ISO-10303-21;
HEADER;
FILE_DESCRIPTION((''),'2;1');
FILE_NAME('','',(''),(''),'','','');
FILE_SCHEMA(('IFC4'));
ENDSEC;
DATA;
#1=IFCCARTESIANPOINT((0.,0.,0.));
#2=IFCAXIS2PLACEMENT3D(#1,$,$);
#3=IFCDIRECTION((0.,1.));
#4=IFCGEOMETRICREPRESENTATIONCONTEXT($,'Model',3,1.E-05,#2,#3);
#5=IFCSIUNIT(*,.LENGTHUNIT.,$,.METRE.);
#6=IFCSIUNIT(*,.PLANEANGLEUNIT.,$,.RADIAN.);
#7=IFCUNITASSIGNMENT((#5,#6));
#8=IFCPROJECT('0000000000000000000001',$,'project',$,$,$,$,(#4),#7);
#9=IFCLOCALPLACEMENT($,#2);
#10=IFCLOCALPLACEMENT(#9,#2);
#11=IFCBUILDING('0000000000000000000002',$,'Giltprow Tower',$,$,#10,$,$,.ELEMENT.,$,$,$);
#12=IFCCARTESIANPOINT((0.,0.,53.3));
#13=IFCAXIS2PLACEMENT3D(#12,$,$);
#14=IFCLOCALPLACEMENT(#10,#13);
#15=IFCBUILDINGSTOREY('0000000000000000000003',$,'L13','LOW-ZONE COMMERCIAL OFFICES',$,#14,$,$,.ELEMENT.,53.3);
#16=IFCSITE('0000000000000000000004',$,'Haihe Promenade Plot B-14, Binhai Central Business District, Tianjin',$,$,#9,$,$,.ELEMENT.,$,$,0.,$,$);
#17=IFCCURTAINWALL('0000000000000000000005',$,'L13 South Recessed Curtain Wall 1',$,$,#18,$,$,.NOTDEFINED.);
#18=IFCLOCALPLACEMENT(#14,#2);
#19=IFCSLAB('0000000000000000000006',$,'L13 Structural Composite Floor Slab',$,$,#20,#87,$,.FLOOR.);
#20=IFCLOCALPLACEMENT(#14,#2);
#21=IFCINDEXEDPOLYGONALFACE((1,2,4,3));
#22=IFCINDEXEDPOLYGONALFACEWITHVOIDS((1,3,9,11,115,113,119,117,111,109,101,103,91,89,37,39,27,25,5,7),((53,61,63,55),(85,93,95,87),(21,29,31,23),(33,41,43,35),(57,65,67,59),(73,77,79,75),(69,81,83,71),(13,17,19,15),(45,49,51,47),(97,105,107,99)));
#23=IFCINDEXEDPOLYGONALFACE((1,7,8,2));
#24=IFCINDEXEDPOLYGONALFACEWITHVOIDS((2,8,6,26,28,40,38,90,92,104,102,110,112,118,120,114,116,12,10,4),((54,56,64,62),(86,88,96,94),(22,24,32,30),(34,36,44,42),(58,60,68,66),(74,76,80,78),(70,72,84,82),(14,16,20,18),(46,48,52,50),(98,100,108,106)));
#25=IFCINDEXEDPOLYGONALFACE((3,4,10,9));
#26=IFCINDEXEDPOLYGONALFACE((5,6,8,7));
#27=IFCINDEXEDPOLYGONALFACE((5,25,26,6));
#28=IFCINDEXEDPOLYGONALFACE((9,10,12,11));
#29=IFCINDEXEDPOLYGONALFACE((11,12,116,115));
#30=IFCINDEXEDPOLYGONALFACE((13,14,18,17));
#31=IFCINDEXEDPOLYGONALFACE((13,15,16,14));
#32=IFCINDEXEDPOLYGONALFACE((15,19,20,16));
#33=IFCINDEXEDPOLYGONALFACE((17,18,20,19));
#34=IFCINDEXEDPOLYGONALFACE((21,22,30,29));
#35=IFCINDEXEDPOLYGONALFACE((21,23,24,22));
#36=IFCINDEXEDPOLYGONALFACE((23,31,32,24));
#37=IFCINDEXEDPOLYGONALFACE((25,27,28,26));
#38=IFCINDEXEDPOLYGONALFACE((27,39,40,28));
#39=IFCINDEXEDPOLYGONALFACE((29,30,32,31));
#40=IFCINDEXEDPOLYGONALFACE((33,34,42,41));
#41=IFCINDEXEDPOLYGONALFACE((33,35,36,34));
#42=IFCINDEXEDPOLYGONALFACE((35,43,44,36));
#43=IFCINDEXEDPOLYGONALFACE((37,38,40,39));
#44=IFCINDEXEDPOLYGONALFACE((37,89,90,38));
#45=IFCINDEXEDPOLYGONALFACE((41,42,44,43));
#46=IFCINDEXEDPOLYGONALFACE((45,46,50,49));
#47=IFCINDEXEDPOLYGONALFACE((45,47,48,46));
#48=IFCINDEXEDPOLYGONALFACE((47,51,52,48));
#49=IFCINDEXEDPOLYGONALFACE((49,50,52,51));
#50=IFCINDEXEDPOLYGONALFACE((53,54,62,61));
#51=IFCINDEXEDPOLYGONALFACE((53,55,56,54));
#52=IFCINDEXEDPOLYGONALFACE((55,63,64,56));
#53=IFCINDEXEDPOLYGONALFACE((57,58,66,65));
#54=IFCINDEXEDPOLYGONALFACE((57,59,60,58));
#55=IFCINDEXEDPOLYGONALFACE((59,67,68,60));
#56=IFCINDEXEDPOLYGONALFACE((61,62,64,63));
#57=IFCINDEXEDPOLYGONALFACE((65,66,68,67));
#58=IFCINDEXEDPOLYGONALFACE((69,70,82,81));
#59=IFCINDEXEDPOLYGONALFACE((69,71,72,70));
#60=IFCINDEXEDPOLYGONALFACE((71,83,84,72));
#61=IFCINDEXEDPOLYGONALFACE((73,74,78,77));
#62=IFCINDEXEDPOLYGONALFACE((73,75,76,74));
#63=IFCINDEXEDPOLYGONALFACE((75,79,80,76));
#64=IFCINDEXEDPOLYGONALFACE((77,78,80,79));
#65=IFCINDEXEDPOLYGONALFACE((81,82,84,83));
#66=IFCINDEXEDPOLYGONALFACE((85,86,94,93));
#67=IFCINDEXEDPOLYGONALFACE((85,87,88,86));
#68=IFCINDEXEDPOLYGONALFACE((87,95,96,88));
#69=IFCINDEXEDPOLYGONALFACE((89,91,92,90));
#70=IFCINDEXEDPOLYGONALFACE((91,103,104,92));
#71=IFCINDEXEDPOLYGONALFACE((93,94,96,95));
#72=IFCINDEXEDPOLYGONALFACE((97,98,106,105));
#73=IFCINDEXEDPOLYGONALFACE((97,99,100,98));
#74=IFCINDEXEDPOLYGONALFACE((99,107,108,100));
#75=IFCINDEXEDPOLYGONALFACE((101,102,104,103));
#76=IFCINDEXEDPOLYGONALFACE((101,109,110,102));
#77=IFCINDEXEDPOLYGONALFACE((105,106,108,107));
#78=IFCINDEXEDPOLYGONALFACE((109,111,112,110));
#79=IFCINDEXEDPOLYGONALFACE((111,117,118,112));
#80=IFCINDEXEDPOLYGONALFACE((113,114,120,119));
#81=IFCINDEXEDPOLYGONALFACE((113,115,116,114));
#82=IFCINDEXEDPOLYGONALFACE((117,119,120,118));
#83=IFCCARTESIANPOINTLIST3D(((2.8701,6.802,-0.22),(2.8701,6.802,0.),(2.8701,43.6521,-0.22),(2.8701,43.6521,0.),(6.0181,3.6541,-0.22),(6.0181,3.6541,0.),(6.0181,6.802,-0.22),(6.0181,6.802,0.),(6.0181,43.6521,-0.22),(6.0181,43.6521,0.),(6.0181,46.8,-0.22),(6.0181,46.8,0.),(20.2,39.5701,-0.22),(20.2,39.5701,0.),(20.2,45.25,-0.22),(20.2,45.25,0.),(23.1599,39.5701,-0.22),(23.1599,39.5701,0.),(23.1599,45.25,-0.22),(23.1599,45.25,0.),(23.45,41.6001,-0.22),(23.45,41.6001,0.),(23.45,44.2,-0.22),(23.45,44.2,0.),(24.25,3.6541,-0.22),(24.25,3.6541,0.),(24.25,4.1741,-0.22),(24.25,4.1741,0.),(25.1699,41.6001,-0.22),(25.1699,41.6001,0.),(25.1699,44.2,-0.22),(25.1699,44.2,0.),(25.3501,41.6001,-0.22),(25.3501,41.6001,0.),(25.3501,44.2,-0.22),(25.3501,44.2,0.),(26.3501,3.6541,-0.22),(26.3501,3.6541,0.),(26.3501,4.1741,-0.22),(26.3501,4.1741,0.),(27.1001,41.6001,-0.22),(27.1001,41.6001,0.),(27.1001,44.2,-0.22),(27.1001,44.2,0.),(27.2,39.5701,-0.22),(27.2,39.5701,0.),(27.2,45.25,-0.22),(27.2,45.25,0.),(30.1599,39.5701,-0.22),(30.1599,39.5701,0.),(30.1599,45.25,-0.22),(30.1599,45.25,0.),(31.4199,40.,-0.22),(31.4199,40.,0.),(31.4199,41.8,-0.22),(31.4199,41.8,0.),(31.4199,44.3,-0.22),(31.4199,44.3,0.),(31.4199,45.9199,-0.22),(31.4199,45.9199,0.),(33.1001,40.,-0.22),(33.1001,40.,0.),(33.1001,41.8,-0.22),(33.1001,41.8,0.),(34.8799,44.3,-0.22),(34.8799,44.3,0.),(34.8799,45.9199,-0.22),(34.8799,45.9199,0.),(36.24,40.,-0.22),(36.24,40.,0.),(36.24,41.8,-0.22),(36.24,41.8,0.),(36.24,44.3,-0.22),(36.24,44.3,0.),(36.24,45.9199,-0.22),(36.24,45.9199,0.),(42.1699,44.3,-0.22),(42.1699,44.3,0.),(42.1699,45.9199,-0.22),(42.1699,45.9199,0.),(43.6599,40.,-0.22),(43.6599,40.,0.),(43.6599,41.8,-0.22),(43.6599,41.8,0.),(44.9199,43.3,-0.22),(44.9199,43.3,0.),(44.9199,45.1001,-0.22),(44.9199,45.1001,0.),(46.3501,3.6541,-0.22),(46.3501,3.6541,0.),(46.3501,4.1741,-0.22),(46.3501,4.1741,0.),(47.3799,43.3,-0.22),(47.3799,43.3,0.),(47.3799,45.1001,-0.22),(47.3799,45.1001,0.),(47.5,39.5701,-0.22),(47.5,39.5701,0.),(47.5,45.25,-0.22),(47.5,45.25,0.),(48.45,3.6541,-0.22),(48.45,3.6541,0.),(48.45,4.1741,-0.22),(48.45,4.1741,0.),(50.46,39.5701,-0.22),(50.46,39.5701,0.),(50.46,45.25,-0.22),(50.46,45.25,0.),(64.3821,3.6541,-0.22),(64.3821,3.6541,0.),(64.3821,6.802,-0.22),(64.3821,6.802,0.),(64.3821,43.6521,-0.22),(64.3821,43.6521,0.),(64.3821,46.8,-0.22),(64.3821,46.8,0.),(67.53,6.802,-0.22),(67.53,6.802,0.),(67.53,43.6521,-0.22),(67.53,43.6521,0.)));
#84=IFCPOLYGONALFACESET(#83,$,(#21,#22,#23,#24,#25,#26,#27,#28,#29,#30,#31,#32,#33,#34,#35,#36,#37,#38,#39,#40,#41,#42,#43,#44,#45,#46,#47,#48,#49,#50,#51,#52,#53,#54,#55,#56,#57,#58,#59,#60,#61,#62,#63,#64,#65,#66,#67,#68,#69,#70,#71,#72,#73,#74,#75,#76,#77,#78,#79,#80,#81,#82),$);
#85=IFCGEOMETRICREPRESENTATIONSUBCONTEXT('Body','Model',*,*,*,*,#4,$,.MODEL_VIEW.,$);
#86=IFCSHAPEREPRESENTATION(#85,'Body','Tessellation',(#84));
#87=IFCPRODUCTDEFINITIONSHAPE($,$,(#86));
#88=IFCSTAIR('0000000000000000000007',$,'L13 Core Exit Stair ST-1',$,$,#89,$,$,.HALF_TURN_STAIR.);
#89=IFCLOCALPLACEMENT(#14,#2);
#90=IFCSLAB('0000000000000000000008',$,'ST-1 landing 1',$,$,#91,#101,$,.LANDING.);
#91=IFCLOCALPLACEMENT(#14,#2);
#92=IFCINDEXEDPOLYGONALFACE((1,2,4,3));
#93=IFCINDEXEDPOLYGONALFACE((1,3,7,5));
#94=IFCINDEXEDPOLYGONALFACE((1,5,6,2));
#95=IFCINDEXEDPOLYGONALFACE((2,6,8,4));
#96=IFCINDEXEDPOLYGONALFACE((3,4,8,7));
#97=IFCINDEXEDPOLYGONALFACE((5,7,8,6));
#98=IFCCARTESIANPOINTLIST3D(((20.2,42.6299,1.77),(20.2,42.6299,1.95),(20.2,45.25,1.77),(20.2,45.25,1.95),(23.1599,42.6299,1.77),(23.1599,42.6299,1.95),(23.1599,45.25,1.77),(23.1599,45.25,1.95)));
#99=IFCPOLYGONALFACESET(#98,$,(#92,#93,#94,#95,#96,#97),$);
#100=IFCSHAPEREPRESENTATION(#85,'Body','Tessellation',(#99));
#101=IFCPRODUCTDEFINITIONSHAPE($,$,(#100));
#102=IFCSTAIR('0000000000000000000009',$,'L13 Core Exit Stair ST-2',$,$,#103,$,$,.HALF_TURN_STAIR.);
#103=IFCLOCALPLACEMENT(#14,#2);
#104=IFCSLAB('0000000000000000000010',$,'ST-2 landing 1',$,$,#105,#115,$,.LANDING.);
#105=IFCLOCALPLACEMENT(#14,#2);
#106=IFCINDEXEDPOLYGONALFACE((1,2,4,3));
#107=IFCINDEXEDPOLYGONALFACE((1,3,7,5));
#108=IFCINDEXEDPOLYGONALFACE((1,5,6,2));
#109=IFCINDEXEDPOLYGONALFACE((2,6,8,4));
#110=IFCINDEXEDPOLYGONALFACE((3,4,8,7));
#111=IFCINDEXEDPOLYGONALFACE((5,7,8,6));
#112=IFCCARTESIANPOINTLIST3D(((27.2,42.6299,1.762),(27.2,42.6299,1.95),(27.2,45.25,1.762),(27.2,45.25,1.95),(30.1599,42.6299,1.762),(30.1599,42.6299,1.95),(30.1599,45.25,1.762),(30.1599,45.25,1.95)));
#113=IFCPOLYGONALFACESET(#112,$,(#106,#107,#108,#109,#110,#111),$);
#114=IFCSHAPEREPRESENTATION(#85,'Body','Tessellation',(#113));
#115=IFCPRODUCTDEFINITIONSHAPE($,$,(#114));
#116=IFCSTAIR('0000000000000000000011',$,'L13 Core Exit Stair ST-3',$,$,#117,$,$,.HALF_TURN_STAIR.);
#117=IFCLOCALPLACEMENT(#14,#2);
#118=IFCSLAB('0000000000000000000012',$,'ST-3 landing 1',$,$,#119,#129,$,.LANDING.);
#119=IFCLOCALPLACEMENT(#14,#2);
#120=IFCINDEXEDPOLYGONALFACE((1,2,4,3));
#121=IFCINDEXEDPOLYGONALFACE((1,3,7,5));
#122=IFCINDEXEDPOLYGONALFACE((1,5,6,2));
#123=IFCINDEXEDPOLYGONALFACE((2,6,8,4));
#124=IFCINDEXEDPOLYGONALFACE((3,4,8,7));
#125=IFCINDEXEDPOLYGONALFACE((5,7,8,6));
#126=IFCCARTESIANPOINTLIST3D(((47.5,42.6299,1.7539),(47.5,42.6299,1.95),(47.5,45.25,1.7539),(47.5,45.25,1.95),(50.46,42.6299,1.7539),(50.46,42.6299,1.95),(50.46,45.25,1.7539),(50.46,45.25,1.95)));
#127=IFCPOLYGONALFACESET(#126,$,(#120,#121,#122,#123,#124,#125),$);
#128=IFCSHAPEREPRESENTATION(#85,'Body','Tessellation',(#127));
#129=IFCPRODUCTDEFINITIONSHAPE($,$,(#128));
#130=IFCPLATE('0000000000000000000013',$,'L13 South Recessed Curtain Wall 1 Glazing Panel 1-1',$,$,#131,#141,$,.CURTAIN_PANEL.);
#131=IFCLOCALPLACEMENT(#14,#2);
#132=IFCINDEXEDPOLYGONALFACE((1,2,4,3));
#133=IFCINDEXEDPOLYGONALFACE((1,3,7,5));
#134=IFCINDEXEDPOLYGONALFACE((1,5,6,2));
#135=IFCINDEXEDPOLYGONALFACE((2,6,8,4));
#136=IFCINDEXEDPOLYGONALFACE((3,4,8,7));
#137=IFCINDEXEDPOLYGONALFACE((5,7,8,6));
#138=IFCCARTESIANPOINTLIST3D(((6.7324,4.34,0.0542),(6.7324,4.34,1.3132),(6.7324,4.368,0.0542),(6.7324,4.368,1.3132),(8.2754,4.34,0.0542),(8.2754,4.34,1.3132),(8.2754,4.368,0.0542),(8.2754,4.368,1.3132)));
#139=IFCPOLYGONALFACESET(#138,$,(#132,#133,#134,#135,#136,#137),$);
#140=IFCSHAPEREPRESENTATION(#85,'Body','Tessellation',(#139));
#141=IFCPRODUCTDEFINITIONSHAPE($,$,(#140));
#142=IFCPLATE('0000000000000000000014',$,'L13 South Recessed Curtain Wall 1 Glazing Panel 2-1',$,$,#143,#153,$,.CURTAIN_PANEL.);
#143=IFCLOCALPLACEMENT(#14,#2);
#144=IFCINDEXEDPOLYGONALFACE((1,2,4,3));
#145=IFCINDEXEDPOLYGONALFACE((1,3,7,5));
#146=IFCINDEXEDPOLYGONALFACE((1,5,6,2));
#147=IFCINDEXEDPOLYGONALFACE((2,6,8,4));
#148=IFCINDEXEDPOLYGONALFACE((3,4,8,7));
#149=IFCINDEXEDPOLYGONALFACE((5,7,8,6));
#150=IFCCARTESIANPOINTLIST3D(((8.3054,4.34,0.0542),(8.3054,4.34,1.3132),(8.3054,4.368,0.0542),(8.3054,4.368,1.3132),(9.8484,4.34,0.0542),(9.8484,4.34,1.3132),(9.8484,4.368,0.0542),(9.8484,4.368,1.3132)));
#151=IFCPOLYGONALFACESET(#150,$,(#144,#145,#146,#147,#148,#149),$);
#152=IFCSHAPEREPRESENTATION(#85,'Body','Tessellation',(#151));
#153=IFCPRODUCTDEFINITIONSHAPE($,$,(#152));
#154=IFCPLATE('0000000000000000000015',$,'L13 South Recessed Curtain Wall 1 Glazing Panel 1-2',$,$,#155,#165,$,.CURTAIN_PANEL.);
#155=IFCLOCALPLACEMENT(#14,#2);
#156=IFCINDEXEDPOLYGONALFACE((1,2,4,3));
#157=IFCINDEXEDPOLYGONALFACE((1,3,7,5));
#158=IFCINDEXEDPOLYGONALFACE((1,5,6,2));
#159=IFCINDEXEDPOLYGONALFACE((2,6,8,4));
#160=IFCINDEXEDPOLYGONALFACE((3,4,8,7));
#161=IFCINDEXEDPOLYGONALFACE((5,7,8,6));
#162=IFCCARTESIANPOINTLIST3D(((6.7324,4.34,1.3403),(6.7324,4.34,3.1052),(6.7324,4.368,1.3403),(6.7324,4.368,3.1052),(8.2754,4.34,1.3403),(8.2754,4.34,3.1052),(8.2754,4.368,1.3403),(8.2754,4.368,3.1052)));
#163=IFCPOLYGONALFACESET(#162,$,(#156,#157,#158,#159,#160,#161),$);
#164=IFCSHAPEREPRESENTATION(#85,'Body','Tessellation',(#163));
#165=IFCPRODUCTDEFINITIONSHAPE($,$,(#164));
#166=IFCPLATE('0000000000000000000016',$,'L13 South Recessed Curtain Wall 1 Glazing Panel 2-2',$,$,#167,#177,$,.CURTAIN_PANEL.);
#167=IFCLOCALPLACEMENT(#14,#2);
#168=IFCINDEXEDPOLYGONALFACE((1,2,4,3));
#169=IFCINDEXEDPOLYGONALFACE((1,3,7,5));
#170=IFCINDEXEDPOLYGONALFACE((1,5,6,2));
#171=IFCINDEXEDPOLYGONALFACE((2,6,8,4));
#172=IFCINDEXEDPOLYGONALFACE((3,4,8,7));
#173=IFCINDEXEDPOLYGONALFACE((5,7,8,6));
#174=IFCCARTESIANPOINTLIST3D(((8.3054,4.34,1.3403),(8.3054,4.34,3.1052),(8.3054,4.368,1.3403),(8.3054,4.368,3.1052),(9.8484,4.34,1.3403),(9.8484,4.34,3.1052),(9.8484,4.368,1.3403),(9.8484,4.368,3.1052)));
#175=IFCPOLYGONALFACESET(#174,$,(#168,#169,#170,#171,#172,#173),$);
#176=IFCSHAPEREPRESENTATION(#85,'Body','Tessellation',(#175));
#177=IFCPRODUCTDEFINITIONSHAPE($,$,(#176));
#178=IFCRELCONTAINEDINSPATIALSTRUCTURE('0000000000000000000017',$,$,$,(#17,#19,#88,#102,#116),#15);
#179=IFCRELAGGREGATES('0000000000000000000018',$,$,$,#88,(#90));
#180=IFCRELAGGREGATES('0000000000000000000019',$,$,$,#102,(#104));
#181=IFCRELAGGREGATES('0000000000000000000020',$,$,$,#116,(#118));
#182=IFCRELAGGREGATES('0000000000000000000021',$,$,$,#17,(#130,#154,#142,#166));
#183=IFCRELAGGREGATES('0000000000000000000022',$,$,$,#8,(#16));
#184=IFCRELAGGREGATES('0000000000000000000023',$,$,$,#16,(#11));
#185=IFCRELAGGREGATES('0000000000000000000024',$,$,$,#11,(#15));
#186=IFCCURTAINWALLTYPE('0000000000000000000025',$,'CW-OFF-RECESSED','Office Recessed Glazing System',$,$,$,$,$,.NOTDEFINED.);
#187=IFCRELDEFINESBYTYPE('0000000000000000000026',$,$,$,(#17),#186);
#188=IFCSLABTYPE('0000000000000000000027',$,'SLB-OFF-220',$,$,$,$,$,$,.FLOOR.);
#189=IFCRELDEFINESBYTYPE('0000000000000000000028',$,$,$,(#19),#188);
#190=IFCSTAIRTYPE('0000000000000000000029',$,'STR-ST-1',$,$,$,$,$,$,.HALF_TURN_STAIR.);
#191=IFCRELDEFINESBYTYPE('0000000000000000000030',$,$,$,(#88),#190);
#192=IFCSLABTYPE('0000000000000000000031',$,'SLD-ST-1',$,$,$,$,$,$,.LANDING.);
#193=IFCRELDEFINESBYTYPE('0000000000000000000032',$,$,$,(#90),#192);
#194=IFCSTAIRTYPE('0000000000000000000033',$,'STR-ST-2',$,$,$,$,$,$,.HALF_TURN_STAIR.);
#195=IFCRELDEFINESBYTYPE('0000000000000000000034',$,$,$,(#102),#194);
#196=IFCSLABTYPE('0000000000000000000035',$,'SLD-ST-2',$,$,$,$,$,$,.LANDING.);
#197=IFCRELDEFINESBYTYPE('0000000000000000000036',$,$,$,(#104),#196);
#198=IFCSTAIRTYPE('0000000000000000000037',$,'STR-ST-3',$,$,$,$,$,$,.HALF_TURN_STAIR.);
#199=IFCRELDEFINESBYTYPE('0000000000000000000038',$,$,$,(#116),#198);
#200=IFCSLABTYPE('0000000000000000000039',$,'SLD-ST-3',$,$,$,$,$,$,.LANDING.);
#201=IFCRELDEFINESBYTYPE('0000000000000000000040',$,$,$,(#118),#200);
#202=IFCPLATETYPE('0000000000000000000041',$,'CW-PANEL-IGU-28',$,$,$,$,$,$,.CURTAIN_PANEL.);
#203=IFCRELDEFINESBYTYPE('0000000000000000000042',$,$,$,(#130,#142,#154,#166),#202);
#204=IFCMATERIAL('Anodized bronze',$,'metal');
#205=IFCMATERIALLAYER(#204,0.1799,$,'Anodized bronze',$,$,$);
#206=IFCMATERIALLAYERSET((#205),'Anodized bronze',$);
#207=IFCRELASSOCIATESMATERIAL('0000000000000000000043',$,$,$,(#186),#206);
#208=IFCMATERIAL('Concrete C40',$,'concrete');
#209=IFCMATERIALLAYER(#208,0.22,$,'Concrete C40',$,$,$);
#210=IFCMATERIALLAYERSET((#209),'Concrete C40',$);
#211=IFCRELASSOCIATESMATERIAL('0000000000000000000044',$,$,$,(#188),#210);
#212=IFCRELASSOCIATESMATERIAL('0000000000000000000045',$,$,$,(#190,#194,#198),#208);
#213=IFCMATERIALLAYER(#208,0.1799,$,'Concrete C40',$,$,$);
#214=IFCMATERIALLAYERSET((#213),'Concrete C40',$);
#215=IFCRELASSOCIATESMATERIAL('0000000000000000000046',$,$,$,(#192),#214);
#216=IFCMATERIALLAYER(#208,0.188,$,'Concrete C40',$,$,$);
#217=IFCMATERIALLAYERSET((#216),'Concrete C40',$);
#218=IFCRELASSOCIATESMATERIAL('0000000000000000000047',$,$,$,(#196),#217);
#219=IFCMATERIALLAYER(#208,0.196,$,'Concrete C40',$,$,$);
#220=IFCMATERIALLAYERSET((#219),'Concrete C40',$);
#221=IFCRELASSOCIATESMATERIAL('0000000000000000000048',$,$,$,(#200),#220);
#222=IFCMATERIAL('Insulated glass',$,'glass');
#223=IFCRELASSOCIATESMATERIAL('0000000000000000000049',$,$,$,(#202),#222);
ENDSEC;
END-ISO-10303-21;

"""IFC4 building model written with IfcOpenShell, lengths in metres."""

from ifc_helpers import new_model, si_unit, direction, frame, origin, origin_2d, place, context, subcontext, project, spatial, polyline, rectangle, outline, extrude, source, transform, mapped, material, layer, layer_set, type_object, element, aggregate, save


model = new_model("IFC4")

# Units and contexts
model_context = context("Model", 3, precision=1e-05, world=origin(), true_north=direction((0.0, 1.0)))
body_context = subcontext(model_context, "Body", "Model", "MODEL_VIEW")
ifc_project = project(units=[si_unit("LENGTHUNIT", "METRE"), si_unit("PLANEANGLEUNIT", "RADIAN")], contexts=[model_context])

# Site, building, storey
site_placement = place(None, origin())
site = spatial("IfcSite", under=ifc_project, at=site_placement, Name="Haihe Promenade Plot B-14, Binhai Central Business District, Tianjin", CompositionType="ELEMENT", RefElevation=0.0)
building_placement = place(site_placement, origin())
building = spatial("IfcBuilding", under=site, at=building_placement, Name="Giltprow Tower", CompositionType="ELEMENT")
storey_placement = place(building_placement, frame((0.0, 0.0, 53.3)))
storey = spatial("IfcBuildingStorey", under=building, at=storey_placement, Name="L13", Description="LOW-ZONE COMMERCIAL OFFICES", CompositionType="ELEMENT", Elevation=53.3)

# Curtain wall
ifc_material_1 = material(Name="Anodized bronze", Category="metal")
ifc_layer_1 = layer(ifc_material_1, 0.1799, Name="Anodized bronze")
ifc_layer_set_1 = layer_set([ifc_layer_1], Name="Anodized bronze")
curtain_wall_type = type_object("IfcCurtainWallType", Name="CW-OFF-RECESSED", Description="Office Recessed Glazing System", PredefinedType="NOTDEFINED", material=ifc_layer_set_1)
curtain_wall_placement = place(storey_placement, origin())
curtain_wall = element("IfcCurtainWall", 1, at=curtain_wall_placement, inside=storey, type_object=curtain_wall_type, Name="L13 South Recessed Curtain Wall 1", PredefinedType="NOTDEFINED")

# Slab
ifc_material_2 = material(Name="Concrete C40", Category="concrete")
ifc_layer_2 = layer(ifc_material_2, 0.22, Name="Concrete C40")
ifc_layer_set_2 = layer_set([ifc_layer_2], Name="Concrete C40")
slab_type_1 = type_object("IfcSlabType", Name="SLB-OFF-220", PredefinedType="FLOOR", material=ifc_layer_set_2)
slab_1_placement = place(storey_placement, frame((0.0, 0.0, -0.22)))
element("IfcSlab", 2, at=slab_1_placement, inside=storey, type_object=slab_type_1, Name="L13 Structural Composite Floor Slab", PredefinedType="FLOOR", context=body_context, shape_type="SweptSolid", body=[
    extrude(outline(polyline([(6.0181, 3.6541), (6.0181, 6.802), (2.8701, 6.802), (2.8701, 43.6521), (6.0181, 43.6521), (6.0181, 46.8), (64.3821, 46.8), (64.3821, 43.6521), (67.53, 43.6521), (67.53, 6.802), (64.3821, 6.802), (64.3821, 3.6541), (48.45, 3.6541), (48.45, 4.1741), (46.3501, 4.1741), (46.3501, 3.6541), (26.3501, 3.6541), (26.3501, 4.1741), (24.25, 4.1741), (24.25, 3.6541), (6.0181, 3.6541)]), holes=[polyline([(33.1001, 41.8), (31.4199, 41.8), (31.4199, 40.0), (33.1001, 40.0), (33.1001, 41.8)]), polyline([(23.1599, 39.5701), (23.1599, 45.25), (20.2, 45.25), (20.2, 39.5701), (23.1599, 39.5701)]), polyline([(30.1599, 45.25), (27.2, 45.25), (27.2, 39.5701), (30.1599, 39.5701), (30.1599, 45.25)]), polyline([(25.1699, 41.6001), (25.1699, 44.2), (23.45, 44.2), (23.45, 41.6001), (25.1699, 41.6001)]), polyline([(27.1001, 41.6001), (27.1001, 44.2), (25.3501, 44.2), (25.3501, 41.6001), (27.1001, 41.6001)]), polyline([(43.6599, 40.0), (43.6599, 41.8), (36.24, 41.8), (36.24, 40.0), (43.6599, 40.0)]), polyline([(50.46, 39.5701), (50.46, 45.25), (47.5, 45.25), (47.5, 39.5701), (50.46, 39.5701)]), polyline([(47.3799, 45.1001), (44.9199, 45.1001), (44.9199, 43.3), (47.3799, 43.3), (47.3799, 45.1001)]), polyline([(34.8799, 44.3), (34.8799, 45.9199), (31.4199, 45.9199), (31.4199, 44.3), (34.8799, 44.3)]), polyline([(42.1699, 44.3), (42.1699, 45.9199), (36.24, 45.9199), (36.24, 44.3), (42.1699, 44.3)])]), origin(), (0.0, 0.0, 1.0), 0.22),
])

# Stairs, slabs
stair_type_1 = type_object("IfcStairType", Name="STR-ST-1", PredefinedType="HALF_TURN_STAIR", material=ifc_material_2)
stair_1_placement = place(storey_placement, origin())
stair_1 = element("IfcStair", 3, at=stair_1_placement, inside=storey, type_object=stair_type_1, Name="L13 Core Exit Stair ST-1", PredefinedType="HALF_TURN_STAIR")
ifc_layer_3 = layer(ifc_material_2, 0.1799, Name="Concrete C40")
ifc_layer_set_3 = layer_set([ifc_layer_3], Name="Concrete C40")
slab_type_2 = type_object("IfcSlabType", Name="SLD-ST-1", PredefinedType="LANDING", material=ifc_layer_set_3)
slab_2_placement = place(storey_placement, frame((0.0, 0.0, 1.77)))
slab_2 = element("IfcSlab", 4, at=slab_2_placement, type_object=slab_type_2, Name="ST-1 landing 1", PredefinedType="LANDING", context=body_context, shape_type="SweptSolid", body=[
    extrude(outline(polyline([(23.1599, 42.6299), (23.1599, 45.25), (20.2, 45.25), (20.2, 42.6299), (23.1599, 42.6299)])), origin(), (0.0, 0.0, 1.0), 0.1799),
])
aggregate(stair_1, [slab_2])
stair_type_2 = type_object("IfcStairType", Name="STR-ST-2", PredefinedType="HALF_TURN_STAIR", material=ifc_material_2)
stair_2_placement = place(storey_placement, origin())
stair_2 = element("IfcStair", 5, at=stair_2_placement, inside=storey, type_object=stair_type_2, Name="L13 Core Exit Stair ST-2", PredefinedType="HALF_TURN_STAIR")
ifc_layer_4 = layer(ifc_material_2, 0.188, Name="Concrete C40")
ifc_layer_set_4 = layer_set([ifc_layer_4], Name="Concrete C40")
slab_type_3 = type_object("IfcSlabType", Name="SLD-ST-2", PredefinedType="LANDING", material=ifc_layer_set_4)
slab_3_placement = place(storey_placement, frame((0.0, 0.0, 1.762)))
slab_3 = element("IfcSlab", 6, at=slab_3_placement, type_object=slab_type_3, Name="ST-2 landing 1", PredefinedType="LANDING", context=body_context, shape_type="SweptSolid", body=[
    extrude(outline(polyline([(30.1599, 42.6299), (30.1599, 45.25), (27.2, 45.25), (27.2, 42.6299), (30.1599, 42.6299)])), origin(), (0.0, 0.0, 1.0), 0.188),
])
aggregate(stair_2, [slab_3])
stair_type_3 = type_object("IfcStairType", Name="STR-ST-3", PredefinedType="HALF_TURN_STAIR", material=ifc_material_2)
stair_3_placement = place(storey_placement, origin())
stair_3 = element("IfcStair", 7, at=stair_3_placement, inside=storey, type_object=stair_type_3, Name="L13 Core Exit Stair ST-3", PredefinedType="HALF_TURN_STAIR")
ifc_layer_5 = layer(ifc_material_2, 0.196, Name="Concrete C40")
ifc_layer_set_5 = layer_set([ifc_layer_5], Name="Concrete C40")
slab_type_4 = type_object("IfcSlabType", Name="SLD-ST-3", PredefinedType="LANDING", material=ifc_layer_set_5)
slab_4_placement = place(storey_placement, frame((0.0, 0.0, 1.7539)))
slab_4 = element("IfcSlab", 8, at=slab_4_placement, type_object=slab_type_4, Name="ST-3 landing 1", PredefinedType="LANDING", context=body_context, shape_type="SweptSolid", body=[
    extrude(outline(polyline([(50.46, 42.6299), (50.46, 45.25), (47.5, 45.25), (47.5, 42.6299), (50.46, 42.6299)])), origin(), (0.0, 0.0, 1.0), 0.196),
])
aggregate(stair_3, [slab_4])

# Plates
ifc_material_3 = material(Name="Insulated glass", Category="glass")
plate_type = type_object("IfcPlateType", Name="CW-PANEL-IGU-28", PredefinedType="CURTAIN_PANEL", material=ifc_material_3)
shared_shape_1 = source(origin(), body_context, "Body", "SweptSolid", [
    extrude(rectangle(XDim=1.543, YDim=0.0281, at=origin_2d()), origin(), (0.0, 0.0, 1.0), 1.259),
])
plate_1_placement = place(storey_placement, frame((7.5039, 4.354, 0.0542), z_axis=(0.0, 0.0, 1.0), x_axis=(1.0, 0.0, 0.0)))
plate_1 = element("IfcPlate", 9, at=plate_1_placement, type_object=plate_type, Name="L13 South Recessed Curtain Wall 1 Glazing Panel 1-1", PredefinedType="CURTAIN_PANEL", context=body_context, shape_type="MappedRepresentation", body=[
    mapped(shared_shape_1, transform((0.0, 0.0, 0.0), x_axis=(1.0, 0.0, 0.0), y_axis=(0.0, 1.0, 0.0), z_axis=(0.0, 0.0, 1.0), scale=1.0)),
])
plate_2_placement = place(storey_placement, frame((9.0769, 4.354, 0.0542), z_axis=(0.0, 0.0, 1.0), x_axis=(1.0, 0.0, 0.0)))
plate_2 = element("IfcPlate", 10, at=plate_2_placement, type_object=plate_type, Name="L13 South Recessed Curtain Wall 1 Glazing Panel 2-1", PredefinedType="CURTAIN_PANEL", context=body_context, shape_type="MappedRepresentation", body=[
    mapped(shared_shape_1, transform((0.0, 0.0, 0.0), x_axis=(1.0, 0.0, 0.0), y_axis=(0.0, 1.0, 0.0), z_axis=(0.0, 0.0, 1.0), scale=1.0)),
])
shared_shape_2 = source(origin(), body_context, "Body", "SweptSolid", [
    extrude(rectangle(XDim=1.543, YDim=0.0281, at=origin_2d()), origin(), (0.0, 0.0, 1.0), 1.7649),
])
plate_3_placement = place(storey_placement, frame((7.5039, 4.354, 1.3403), z_axis=(0.0, 0.0, 1.0), x_axis=(1.0, 0.0, 0.0)))
plate_3 = element("IfcPlate", 11, at=plate_3_placement, type_object=plate_type, Name="L13 South Recessed Curtain Wall 1 Glazing Panel 1-2", PredefinedType="CURTAIN_PANEL", context=body_context, shape_type="MappedRepresentation", body=[
    mapped(shared_shape_2, transform((0.0, 0.0, 0.0), x_axis=(1.0, 0.0, 0.0), y_axis=(0.0, 1.0, 0.0), z_axis=(0.0, 0.0, 1.0), scale=1.0)),
])
plate_4_placement = place(storey_placement, frame((9.0769, 4.354, 1.3403), z_axis=(0.0, 0.0, 1.0), x_axis=(1.0, 0.0, 0.0)))
plate_4 = element("IfcPlate", 12, at=plate_4_placement, type_object=plate_type, Name="L13 South Recessed Curtain Wall 1 Glazing Panel 2-2", PredefinedType="CURTAIN_PANEL", context=body_context, shape_type="MappedRepresentation", body=[
    mapped(shared_shape_2, transform((0.0, 0.0, 0.0), x_axis=(1.0, 0.0, 0.0), y_axis=(0.0, 1.0, 0.0), z_axis=(0.0, 0.0, 1.0), scale=1.0)),
])
aggregate(curtain_wall, [plate_1, plate_3, plate_2, plate_4])

save(model, "model.ifc")
